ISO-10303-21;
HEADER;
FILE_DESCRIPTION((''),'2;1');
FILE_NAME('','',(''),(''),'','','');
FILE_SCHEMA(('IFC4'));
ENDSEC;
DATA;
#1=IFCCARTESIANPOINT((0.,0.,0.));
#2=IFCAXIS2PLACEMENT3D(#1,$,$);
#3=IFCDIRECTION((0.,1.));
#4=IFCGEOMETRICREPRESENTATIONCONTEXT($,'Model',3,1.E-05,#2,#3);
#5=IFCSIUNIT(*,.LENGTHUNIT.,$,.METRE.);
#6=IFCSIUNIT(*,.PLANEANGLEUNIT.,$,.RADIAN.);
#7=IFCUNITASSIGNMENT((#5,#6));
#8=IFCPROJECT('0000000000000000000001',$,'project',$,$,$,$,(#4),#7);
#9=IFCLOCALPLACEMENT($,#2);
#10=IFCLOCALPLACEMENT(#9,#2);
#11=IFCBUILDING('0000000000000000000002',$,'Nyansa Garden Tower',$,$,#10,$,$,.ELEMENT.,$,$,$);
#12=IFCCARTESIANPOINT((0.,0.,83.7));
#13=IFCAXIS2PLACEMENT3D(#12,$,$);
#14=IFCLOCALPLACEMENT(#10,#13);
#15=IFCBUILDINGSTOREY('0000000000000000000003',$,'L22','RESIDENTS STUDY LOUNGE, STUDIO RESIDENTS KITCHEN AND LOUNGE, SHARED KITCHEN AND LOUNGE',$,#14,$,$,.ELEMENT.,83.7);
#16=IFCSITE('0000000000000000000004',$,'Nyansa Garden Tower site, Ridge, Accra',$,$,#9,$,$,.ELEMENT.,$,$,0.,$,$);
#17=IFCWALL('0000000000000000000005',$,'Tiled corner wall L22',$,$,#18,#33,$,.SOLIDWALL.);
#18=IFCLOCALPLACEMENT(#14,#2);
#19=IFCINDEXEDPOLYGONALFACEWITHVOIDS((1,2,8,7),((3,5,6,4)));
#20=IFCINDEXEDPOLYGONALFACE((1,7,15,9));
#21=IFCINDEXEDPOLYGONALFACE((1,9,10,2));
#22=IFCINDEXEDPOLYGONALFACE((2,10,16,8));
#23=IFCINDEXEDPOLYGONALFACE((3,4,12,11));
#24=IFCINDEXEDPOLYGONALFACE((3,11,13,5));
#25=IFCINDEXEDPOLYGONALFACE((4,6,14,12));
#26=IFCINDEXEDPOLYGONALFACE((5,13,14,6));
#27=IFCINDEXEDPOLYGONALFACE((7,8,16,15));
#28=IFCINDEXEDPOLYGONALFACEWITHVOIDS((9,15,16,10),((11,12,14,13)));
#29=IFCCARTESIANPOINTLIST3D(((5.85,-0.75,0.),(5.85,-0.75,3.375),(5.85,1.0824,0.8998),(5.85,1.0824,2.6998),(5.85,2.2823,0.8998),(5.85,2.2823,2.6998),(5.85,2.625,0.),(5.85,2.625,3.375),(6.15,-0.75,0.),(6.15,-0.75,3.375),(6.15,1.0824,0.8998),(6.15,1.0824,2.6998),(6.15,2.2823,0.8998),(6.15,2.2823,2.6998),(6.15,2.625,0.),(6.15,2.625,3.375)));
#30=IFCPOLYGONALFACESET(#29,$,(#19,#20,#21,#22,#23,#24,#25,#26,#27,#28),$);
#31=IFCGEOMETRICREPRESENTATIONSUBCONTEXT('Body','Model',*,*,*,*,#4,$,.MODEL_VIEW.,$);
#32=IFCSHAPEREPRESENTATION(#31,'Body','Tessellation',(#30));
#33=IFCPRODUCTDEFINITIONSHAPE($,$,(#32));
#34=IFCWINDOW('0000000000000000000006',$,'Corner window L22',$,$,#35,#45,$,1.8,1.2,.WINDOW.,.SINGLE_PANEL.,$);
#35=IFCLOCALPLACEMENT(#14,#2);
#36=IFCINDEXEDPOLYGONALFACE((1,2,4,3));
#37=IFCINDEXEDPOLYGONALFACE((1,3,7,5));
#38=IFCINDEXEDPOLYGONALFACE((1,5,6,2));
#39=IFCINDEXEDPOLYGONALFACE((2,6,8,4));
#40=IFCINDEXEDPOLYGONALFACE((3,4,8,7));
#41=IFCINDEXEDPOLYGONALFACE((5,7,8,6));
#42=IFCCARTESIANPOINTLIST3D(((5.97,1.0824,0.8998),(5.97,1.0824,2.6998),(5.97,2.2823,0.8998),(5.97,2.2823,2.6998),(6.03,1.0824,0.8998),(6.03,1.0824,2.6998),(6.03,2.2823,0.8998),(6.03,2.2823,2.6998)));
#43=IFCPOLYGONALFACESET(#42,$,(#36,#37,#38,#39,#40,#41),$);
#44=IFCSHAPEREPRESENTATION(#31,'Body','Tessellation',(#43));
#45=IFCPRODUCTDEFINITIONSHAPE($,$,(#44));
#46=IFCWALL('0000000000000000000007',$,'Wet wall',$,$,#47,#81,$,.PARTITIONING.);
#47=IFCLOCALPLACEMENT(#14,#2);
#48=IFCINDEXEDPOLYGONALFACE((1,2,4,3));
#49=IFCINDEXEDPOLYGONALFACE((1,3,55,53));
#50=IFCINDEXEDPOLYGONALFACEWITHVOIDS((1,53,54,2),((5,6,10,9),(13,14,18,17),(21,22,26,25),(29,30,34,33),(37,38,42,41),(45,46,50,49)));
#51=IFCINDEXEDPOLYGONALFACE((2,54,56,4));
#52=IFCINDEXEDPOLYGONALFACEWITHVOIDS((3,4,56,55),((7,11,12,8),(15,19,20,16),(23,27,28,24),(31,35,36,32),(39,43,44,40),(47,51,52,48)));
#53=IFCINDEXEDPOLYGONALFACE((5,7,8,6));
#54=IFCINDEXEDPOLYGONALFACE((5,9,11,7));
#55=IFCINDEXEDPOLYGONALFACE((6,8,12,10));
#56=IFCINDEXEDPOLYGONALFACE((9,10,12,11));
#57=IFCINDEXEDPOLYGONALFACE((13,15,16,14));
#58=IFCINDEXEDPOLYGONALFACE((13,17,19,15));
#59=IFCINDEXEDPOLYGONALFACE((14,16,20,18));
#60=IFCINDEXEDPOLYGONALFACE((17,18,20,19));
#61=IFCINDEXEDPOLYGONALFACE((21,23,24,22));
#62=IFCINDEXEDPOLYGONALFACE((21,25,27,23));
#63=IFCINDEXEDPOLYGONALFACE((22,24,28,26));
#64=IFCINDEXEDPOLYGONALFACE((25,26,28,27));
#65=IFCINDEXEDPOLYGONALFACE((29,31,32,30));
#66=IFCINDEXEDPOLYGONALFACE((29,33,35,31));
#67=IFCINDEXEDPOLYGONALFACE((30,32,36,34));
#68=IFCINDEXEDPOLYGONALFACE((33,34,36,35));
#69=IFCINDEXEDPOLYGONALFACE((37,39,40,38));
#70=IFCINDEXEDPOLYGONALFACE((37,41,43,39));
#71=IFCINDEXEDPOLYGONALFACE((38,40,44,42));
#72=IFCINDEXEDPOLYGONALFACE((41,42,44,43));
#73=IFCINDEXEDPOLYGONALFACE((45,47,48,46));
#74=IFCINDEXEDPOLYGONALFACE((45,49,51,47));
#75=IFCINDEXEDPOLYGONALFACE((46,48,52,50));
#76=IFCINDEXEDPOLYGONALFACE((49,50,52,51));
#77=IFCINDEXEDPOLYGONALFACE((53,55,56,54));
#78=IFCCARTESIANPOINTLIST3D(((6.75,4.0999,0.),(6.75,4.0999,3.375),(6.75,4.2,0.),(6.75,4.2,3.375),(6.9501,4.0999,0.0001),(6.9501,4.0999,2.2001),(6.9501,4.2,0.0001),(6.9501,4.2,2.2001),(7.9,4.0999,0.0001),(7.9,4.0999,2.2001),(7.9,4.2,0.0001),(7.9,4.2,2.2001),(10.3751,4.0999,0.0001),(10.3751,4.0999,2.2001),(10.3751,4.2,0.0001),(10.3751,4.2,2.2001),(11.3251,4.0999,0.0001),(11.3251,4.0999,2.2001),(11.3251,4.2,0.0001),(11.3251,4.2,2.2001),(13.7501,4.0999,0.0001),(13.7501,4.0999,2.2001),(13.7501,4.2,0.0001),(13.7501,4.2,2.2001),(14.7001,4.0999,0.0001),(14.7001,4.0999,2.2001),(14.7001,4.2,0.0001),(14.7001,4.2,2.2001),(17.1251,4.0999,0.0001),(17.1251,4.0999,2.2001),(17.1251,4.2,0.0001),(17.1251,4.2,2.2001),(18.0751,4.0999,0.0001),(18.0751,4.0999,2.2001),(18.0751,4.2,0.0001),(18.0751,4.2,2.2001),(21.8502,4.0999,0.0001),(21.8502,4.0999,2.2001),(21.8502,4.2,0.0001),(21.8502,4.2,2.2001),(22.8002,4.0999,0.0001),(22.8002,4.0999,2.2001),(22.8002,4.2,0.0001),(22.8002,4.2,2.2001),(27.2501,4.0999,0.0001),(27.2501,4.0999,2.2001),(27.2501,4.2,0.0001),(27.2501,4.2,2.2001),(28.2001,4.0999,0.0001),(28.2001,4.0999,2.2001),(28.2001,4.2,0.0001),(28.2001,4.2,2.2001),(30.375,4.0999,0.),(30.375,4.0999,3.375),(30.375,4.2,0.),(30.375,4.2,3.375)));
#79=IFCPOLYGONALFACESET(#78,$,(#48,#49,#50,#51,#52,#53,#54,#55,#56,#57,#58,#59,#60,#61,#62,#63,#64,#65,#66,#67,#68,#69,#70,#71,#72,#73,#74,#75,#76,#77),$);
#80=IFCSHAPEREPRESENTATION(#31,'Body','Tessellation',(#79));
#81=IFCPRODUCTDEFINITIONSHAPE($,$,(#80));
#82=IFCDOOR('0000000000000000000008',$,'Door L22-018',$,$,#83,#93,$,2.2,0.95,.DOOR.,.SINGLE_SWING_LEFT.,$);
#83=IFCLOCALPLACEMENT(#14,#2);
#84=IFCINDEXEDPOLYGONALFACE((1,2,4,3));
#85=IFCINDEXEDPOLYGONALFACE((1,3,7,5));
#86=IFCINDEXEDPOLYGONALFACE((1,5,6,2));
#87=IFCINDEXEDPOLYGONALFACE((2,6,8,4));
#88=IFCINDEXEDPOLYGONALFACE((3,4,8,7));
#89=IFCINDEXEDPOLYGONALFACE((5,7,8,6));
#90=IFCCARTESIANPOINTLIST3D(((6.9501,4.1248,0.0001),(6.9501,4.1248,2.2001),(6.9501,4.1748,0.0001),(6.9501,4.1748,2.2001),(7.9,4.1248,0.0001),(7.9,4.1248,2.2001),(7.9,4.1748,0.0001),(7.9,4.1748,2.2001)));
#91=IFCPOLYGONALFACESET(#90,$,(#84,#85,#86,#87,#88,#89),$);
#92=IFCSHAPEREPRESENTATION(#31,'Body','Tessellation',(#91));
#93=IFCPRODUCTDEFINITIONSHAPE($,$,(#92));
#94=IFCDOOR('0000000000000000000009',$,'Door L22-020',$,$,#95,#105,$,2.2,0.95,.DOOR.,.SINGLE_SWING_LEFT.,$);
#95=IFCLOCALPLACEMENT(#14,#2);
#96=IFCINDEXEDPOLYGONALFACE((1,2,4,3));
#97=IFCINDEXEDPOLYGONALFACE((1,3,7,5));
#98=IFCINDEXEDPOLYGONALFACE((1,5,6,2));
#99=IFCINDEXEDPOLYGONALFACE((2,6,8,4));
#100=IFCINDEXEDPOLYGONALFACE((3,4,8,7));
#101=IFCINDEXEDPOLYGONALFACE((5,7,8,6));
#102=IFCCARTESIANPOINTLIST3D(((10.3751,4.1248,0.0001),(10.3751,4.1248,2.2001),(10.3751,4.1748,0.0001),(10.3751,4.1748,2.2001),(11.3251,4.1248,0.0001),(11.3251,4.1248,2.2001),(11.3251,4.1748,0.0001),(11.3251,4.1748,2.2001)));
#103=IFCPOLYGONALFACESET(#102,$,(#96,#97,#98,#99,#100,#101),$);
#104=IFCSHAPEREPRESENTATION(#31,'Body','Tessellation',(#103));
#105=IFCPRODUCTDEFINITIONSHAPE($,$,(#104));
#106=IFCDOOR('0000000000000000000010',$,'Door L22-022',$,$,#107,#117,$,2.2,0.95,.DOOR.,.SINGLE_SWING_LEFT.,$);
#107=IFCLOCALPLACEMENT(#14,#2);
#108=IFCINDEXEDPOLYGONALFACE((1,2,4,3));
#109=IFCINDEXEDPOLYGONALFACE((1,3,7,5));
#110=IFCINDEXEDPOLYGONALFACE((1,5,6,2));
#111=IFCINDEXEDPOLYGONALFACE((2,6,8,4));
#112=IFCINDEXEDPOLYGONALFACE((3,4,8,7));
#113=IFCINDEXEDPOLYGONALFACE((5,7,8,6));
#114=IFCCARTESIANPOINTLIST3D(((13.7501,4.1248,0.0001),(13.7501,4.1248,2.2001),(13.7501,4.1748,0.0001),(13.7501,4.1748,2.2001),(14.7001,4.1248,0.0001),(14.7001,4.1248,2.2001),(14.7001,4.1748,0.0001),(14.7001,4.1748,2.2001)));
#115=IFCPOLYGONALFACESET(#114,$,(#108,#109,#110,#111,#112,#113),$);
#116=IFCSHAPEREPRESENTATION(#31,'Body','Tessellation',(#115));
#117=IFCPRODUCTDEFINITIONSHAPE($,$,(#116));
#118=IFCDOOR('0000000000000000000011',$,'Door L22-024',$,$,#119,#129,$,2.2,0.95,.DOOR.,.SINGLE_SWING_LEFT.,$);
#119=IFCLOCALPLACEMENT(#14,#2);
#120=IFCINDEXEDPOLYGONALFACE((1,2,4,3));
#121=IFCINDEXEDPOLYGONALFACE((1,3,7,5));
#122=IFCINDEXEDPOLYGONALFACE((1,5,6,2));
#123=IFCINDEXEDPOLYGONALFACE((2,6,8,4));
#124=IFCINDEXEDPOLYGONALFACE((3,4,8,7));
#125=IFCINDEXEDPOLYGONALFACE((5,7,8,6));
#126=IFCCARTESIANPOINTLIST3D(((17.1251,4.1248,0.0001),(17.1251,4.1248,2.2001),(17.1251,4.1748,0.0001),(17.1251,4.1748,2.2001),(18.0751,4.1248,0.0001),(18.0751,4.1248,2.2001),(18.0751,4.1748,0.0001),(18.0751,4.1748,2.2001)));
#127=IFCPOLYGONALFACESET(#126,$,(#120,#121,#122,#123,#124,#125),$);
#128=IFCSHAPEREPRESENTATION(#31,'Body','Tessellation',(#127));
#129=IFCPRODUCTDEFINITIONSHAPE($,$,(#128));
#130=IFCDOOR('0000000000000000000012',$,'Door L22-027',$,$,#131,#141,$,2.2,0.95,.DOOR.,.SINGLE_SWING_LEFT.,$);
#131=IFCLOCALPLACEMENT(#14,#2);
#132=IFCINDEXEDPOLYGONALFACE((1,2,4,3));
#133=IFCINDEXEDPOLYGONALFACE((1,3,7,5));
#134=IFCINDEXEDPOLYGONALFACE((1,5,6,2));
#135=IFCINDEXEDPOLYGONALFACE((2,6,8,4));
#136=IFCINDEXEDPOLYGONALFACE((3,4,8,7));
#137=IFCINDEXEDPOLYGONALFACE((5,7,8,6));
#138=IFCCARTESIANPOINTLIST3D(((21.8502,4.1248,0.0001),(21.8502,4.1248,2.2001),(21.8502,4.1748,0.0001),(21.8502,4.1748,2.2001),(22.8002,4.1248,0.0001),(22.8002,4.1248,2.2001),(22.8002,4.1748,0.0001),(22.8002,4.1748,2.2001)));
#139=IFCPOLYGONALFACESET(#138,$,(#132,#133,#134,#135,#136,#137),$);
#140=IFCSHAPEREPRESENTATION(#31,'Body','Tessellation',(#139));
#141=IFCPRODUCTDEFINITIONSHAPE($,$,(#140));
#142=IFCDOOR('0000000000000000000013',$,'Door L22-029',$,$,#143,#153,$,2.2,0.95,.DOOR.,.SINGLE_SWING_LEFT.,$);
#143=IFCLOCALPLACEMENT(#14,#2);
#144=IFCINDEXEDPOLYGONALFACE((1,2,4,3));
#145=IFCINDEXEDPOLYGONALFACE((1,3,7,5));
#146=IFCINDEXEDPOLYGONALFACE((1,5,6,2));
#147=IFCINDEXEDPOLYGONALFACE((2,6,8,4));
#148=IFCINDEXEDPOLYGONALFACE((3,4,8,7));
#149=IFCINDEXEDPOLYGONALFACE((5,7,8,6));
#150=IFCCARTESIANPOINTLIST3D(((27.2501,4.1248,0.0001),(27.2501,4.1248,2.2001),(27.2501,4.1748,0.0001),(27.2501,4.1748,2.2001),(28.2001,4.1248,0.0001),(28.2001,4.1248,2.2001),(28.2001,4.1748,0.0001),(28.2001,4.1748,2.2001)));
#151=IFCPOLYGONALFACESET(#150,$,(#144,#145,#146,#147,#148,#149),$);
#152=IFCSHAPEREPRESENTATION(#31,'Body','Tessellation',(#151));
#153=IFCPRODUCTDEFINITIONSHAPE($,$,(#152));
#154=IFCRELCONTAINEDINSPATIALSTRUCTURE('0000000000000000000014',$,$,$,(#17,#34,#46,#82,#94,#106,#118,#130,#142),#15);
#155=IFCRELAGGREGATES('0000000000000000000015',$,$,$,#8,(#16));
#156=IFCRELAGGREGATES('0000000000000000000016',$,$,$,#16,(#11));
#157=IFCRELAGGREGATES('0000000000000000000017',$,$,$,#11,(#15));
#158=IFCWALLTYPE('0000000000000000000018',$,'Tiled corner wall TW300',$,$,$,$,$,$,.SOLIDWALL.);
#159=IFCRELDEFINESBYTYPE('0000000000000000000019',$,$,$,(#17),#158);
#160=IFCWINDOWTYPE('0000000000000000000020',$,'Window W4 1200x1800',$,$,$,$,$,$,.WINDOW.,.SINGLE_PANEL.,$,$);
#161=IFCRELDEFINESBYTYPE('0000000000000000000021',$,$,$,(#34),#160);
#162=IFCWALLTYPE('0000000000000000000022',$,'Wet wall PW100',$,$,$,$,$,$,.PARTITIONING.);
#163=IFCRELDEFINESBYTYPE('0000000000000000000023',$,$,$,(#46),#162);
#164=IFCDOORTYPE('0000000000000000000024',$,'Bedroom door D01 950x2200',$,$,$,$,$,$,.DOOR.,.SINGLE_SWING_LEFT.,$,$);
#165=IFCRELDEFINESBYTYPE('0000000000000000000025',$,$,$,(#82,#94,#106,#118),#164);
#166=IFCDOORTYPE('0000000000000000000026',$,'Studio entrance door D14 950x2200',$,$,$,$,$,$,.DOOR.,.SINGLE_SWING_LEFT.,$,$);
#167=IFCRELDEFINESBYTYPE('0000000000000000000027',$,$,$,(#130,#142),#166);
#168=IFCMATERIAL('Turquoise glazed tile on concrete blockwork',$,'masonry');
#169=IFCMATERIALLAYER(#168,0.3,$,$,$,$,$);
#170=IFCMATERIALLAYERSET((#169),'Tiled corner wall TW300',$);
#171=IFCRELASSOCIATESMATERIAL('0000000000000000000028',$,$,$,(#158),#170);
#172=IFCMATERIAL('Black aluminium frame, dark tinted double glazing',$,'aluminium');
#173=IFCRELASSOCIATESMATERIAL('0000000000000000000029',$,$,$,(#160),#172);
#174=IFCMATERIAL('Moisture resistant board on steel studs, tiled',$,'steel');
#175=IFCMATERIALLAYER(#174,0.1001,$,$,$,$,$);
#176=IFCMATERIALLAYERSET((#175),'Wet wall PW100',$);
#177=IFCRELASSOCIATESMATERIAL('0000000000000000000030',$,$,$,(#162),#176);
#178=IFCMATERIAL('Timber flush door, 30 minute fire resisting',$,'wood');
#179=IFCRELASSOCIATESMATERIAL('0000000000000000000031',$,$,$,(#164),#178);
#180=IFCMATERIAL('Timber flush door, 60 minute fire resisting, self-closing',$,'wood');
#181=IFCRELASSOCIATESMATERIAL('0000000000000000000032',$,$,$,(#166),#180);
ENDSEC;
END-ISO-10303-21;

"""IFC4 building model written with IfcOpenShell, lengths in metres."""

from ifc_helpers import new_model, si_unit, direction, frame, frame_2d, origin, place, context, subcontext, project, spatial, rectangle, extrude, material, layer, layer_set, type_object, element, fill, save


model = new_model("IFC4")

# Units and contexts
model_context = context("Model", 3, precision=1e-05, world=origin(), true_north=direction((0.0, 1.0)))
body_context = subcontext(model_context, "Body", "Model", "MODEL_VIEW")
ifc_project = project(units=[si_unit("LENGTHUNIT", "METRE"), si_unit("PLANEANGLEUNIT", "RADIAN")], contexts=[model_context])

# Site, building, storey
site_placement = place(None, origin())
site = spatial("IfcSite", under=ifc_project, at=site_placement, Name="Nyansa Garden Tower site, Ridge, Accra", CompositionType="ELEMENT", RefElevation=0.0)
building_placement = place(site_placement, origin())
building = spatial("IfcBuilding", under=site, at=building_placement, Name="Nyansa Garden Tower", CompositionType="ELEMENT")
storey_placement = place(building_placement, frame((0.0, 0.0, 83.7)))
storey = spatial("IfcBuildingStorey", under=building, at=storey_placement, Name="L22", Description="RESIDENTS STUDY LOUNGE, STUDIO RESIDENTS KITCHEN AND LOUNGE, SHARED KITCHEN AND LOUNGE", CompositionType="ELEMENT", Elevation=83.7)

# Wall, opening, window
ifc_material_1 = material(Name="Turquoise glazed tile on concrete blockwork", Category="masonry")
ifc_layer_1 = layer(ifc_material_1, 0.3)
ifc_layer_set_1 = layer_set([ifc_layer_1], Name="Tiled corner wall TW300")
wall_type_1 = type_object("IfcWallType", Name="Tiled corner wall TW300", PredefinedType="SOLIDWALL", material=ifc_layer_set_1)
wall_1_placement = place(storey_placement, frame((6.0, 2.625, 0.0), z_axis=(0.0, 0.0, 1.0), x_axis=(0.0, -1.0, 0.0)))
wall_1 = element("IfcWall", 1, at=wall_1_placement, inside=storey, type_object=wall_type_1, Name="Tiled corner wall L22", PredefinedType="SOLIDWALL", context=body_context, shape_type="SweptSolid", body=[
    extrude(rectangle(XDim=3.375, YDim=0.3, at=frame_2d((1.6875, 0.0))), origin(), (0.0, 0.0, 1.0), 3.375),
])
opening_1_placement = place(wall_1_placement, frame((0.3425, 0.0, 0.8999)))
opening_1 = element("IfcOpeningElement", 2, at=opening_1_placement, cuts=wall_1, PredefinedType="OPENING", context=body_context, shape_type="SweptSolid", body=[
    extrude(rectangle(XDim=1.2, YDim=1.8, at=frame_2d((0.6001, 0.8999))), frame((0.0, 0.1599, 0.0), z_axis=(0.0, -1.0, 0.0), x_axis=(1.0, 0.0, 0.0)), (0.0, 0.0, 1.0), 0.3201),
])
ifc_material_2 = material(Name="Black aluminium frame, dark tinted double glazing", Category="aluminium")
window_type_1 = type_object("IfcWindowType", Name="Window W4 1200x1800", PartitioningType="SINGLE_PANEL", PredefinedType="WINDOW", material=ifc_material_2)
window_1_placement = place(opening_1_placement, origin())
window_1 = element("IfcWindow", 3, at=window_1_placement, inside=storey, type_object=window_type_1, Name="Corner window L22", OverallHeight=1.8, OverallWidth=1.2, PartitioningType="SINGLE_PANEL", PredefinedType="WINDOW", context=body_context, shape_type="SweptSolid", body=[
    extrude(rectangle(XDim=1.2, YDim=1.8, at=frame_2d((0.6001, 0.8999))), frame((0.0, 0.03, 0.0), z_axis=(0.0, -1.0, 0.0), x_axis=(1.0, 0.0, 0.0)), (0.0, 0.0, 1.0), 0.0601),
])
fill(opening_1, window_1)

# Wall, openings, doors
ifc_material_3 = material(Name="Moisture resistant board on steel studs, tiled", Category="steel")
ifc_layer_2 = layer(ifc_material_3, 0.1001)
ifc_layer_set_2 = layer_set([ifc_layer_2], Name="Wet wall PW100")
wall_type_2 = type_object("IfcWallType", Name="Wet wall PW100", PredefinedType="PARTITIONING", material=ifc_layer_set_2)
wall_2_placement = place(storey_placement, frame((6.75, 4.1499, 0.0), z_axis=(0.0, 0.0, 1.0), x_axis=(1.0, 0.0, 0.0)))
wall_2 = element("IfcWall", 4, at=wall_2_placement, inside=storey, type_object=wall_type_2, Name="Wet wall", PredefinedType="PARTITIONING", context=body_context, shape_type="SweptSolid", body=[
    extrude(rectangle(XDim=23.625, YDim=0.1001, at=frame_2d((11.8125, 0.0))), origin(), (0.0, 0.0, 1.0), 3.375),
])
opening_2_placement = place(wall_2_placement, frame((0.2, 0.0, 0.0)))
opening_2 = element("IfcOpeningElement", 5, at=opening_2_placement, cuts=wall_2, PredefinedType="OPENING", context=body_context, shape_type="SweptSolid", body=[
    extrude(rectangle(XDim=0.95, YDim=2.2, at=frame_2d((0.4751, 1.1001))), frame((0.0, 0.0601, 0.0), z_axis=(0.0, -1.0, 0.0), x_axis=(1.0, 0.0, 0.0)), (0.0, 0.0, 1.0), 0.1201),
])
opening_3_placement = place(wall_2_placement, frame((3.625, 0.0, 0.0)))
opening_3 = element("IfcOpeningElement", 6, at=opening_3_placement, cuts=wall_2, PredefinedType="OPENING", context=body_context, shape_type="SweptSolid", body=[
    extrude(rectangle(XDim=0.95, YDim=2.2, at=frame_2d((0.4751, 1.1001))), frame((0.0, 0.0601, 0.0), z_axis=(0.0, -1.0, 0.0), x_axis=(1.0, 0.0, 0.0)), (0.0, 0.0, 1.0), 0.1201),
])
opening_4_placement = place(wall_2_placement, frame((7.0, 0.0, 0.0)))
opening_4 = element("IfcOpeningElement", 7, at=opening_4_placement, cuts=wall_2, PredefinedType="OPENING", context=body_context, shape_type="SweptSolid", body=[
    extrude(rectangle(XDim=0.95, YDim=2.2, at=frame_2d((0.4751, 1.1001))), frame((0.0, 0.0601, 0.0), z_axis=(0.0, -1.0, 0.0), x_axis=(1.0, 0.0, 0.0)), (0.0, 0.0, 1.0), 0.1201),
])
opening_5_placement = place(wall_2_placement, frame((10.375, 0.0, 0.0)))
opening_5 = element("IfcOpeningElement", 8, at=opening_5_placement, cuts=wall_2, PredefinedType="OPENING", context=body_context, shape_type="SweptSolid", body=[
    extrude(rectangle(XDim=0.95, YDim=2.2, at=frame_2d((0.4751, 1.1001))), frame((0.0, 0.0601, 0.0), z_axis=(0.0, -1.0, 0.0), x_axis=(1.0, 0.0, 0.0)), (0.0, 0.0, 1.0), 0.1201),
])
opening_6_placement = place(wall_2_placement, frame((15.1001, 0.0, 0.0)))
opening_6 = element("IfcOpeningElement", 9, at=opening_6_placement, cuts=wall_2, PredefinedType="OPENING", context=body_context, shape_type="SweptSolid", body=[
    extrude(rectangle(XDim=0.95, YDim=2.2, at=frame_2d((0.4751, 1.1001))), frame((0.0, 0.0601, 0.0), z_axis=(0.0, -1.0, 0.0), x_axis=(1.0, 0.0, 0.0)), (0.0, 0.0, 1.0), 0.1201),
])
opening_7_placement = place(wall_2_placement, frame((20.5, 0.0, 0.0)))
opening_7 = element("IfcOpeningElement", 10, at=opening_7_placement, cuts=wall_2, PredefinedType="OPENING", context=body_context, shape_type="SweptSolid", body=[
    extrude(rectangle(XDim=0.95, YDim=2.2, at=frame_2d((0.4751, 1.1001))), frame((0.0, 0.0601, 0.0), z_axis=(0.0, -1.0, 0.0), x_axis=(1.0, 0.0, 0.0)), (0.0, 0.0, 1.0), 0.1201),
])
ifc_material_4 = material(Name="Timber flush door, 30 minute fire resisting", Category="wood")
door_type_1 = type_object("IfcDoorType", Name="Bedroom door D01 950x2200", OperationType="SINGLE_SWING_LEFT", PredefinedType="DOOR", material=ifc_material_4)
door_1_placement = place(opening_2_placement, origin())
door_1 = element("IfcDoor", 11, at=door_1_placement, inside=storey, type_object=door_type_1, Name="Door L22-018", OperationType="SINGLE_SWING_LEFT", OverallHeight=2.2, OverallWidth=0.95, PredefinedType="DOOR", context=body_context, shape_type="SweptSolid", body=[
    extrude(rectangle(XDim=0.95, YDim=2.2, at=frame_2d((0.4751, 1.1001))), frame((0.0, 0.0249, 0.0), z_axis=(0.0, -1.0, 0.0), x_axis=(1.0, 0.0, 0.0)), (0.0, 0.0, 1.0), 0.05),
])
fill(opening_2, door_1)
door_2_placement = place(opening_3_placement, origin())
door_2 = element("IfcDoor", 12, at=door_2_placement, inside=storey, type_object=door_type_1, Name="Door L22-020", OperationType="SINGLE_SWING_LEFT", OverallHeight=2.2, OverallWidth=0.95, PredefinedType="DOOR", context=body_context, shape_type="SweptSolid", body=[
    extrude(rectangle(XDim=0.95, YDim=2.2, at=frame_2d((0.4751, 1.1001))), frame((0.0, 0.0249, 0.0), z_axis=(0.0, -1.0, 0.0), x_axis=(1.0, 0.0, 0.0)), (0.0, 0.0, 1.0), 0.05),
])
fill(opening_3, door_2)
door_3_placement = place(opening_4_placement, origin())
door_3 = element("IfcDoor", 13, at=door_3_placement, inside=storey, type_object=door_type_1, Name="Door L22-022", OperationType="SINGLE_SWING_LEFT", OverallHeight=2.2, OverallWidth=0.95, PredefinedType="DOOR", context=body_context, shape_type="SweptSolid", body=[
    extrude(rectangle(XDim=0.95, YDim=2.2, at=frame_2d((0.4751, 1.1001))), frame((0.0, 0.0249, 0.0), z_axis=(0.0, -1.0, 0.0), x_axis=(1.0, 0.0, 0.0)), (0.0, 0.0, 1.0), 0.05),
])
fill(opening_4, door_3)
door_4_placement = place(opening_5_placement, origin())
door_4 = element("IfcDoor", 14, at=door_4_placement, inside=storey, type_object=door_type_1, Name="Door L22-024", OperationType="SINGLE_SWING_LEFT", OverallHeight=2.2, OverallWidth=0.95, PredefinedType="DOOR", context=body_context, shape_type="SweptSolid", body=[
    extrude(rectangle(XDim=0.95, YDim=2.2, at=frame_2d((0.4751, 1.1001))), frame((0.0, 0.0249, 0.0), z_axis=(0.0, -1.0, 0.0), x_axis=(1.0, 0.0, 0.0)), (0.0, 0.0, 1.0), 0.05),
])
fill(opening_5, door_4)
ifc_material_5 = material(Name="Timber flush door, 60 minute fire resisting, self-closing", Category="wood")
door_type_2 = type_object("IfcDoorType", Name="Studio entrance door D14 950x2200", OperationType="SINGLE_SWING_LEFT", PredefinedType="DOOR", material=ifc_material_5)
door_5_placement = place(opening_6_placement, origin())
door_5 = element("IfcDoor", 15, at=door_5_placement, inside=storey, type_object=door_type_2, Name="Door L22-027", OperationType="SINGLE_SWING_LEFT", OverallHeight=2.2, OverallWidth=0.95, PredefinedType="DOOR", context=body_context, shape_type="SweptSolid", body=[
    extrude(rectangle(XDim=0.95, YDim=2.2, at=frame_2d((0.4751, 1.1001))), frame((0.0, 0.0249, 0.0), z_axis=(0.0, -1.0, 0.0), x_axis=(1.0, 0.0, 0.0)), (0.0, 0.0, 1.0), 0.05),
])
fill(opening_6, door_5)
door_6_placement = place(opening_7_placement, origin())
door_6 = element("IfcDoor", 16, at=door_6_placement, inside=storey, type_object=door_type_2, Name="Door L22-029", OperationType="SINGLE_SWING_LEFT", OverallHeight=2.2, OverallWidth=0.95, PredefinedType="DOOR", context=body_context, shape_type="SweptSolid", body=[
    extrude(rectangle(XDim=0.95, YDim=2.2, at=frame_2d((0.4751, 1.1001))), frame((0.0, 0.0249, 0.0), z_axis=(0.0, -1.0, 0.0), x_axis=(1.0, 0.0, 0.0)), (0.0, 0.0, 1.0), 0.05),
])
fill(opening_7, door_6)

save(model, "model.ifc")
